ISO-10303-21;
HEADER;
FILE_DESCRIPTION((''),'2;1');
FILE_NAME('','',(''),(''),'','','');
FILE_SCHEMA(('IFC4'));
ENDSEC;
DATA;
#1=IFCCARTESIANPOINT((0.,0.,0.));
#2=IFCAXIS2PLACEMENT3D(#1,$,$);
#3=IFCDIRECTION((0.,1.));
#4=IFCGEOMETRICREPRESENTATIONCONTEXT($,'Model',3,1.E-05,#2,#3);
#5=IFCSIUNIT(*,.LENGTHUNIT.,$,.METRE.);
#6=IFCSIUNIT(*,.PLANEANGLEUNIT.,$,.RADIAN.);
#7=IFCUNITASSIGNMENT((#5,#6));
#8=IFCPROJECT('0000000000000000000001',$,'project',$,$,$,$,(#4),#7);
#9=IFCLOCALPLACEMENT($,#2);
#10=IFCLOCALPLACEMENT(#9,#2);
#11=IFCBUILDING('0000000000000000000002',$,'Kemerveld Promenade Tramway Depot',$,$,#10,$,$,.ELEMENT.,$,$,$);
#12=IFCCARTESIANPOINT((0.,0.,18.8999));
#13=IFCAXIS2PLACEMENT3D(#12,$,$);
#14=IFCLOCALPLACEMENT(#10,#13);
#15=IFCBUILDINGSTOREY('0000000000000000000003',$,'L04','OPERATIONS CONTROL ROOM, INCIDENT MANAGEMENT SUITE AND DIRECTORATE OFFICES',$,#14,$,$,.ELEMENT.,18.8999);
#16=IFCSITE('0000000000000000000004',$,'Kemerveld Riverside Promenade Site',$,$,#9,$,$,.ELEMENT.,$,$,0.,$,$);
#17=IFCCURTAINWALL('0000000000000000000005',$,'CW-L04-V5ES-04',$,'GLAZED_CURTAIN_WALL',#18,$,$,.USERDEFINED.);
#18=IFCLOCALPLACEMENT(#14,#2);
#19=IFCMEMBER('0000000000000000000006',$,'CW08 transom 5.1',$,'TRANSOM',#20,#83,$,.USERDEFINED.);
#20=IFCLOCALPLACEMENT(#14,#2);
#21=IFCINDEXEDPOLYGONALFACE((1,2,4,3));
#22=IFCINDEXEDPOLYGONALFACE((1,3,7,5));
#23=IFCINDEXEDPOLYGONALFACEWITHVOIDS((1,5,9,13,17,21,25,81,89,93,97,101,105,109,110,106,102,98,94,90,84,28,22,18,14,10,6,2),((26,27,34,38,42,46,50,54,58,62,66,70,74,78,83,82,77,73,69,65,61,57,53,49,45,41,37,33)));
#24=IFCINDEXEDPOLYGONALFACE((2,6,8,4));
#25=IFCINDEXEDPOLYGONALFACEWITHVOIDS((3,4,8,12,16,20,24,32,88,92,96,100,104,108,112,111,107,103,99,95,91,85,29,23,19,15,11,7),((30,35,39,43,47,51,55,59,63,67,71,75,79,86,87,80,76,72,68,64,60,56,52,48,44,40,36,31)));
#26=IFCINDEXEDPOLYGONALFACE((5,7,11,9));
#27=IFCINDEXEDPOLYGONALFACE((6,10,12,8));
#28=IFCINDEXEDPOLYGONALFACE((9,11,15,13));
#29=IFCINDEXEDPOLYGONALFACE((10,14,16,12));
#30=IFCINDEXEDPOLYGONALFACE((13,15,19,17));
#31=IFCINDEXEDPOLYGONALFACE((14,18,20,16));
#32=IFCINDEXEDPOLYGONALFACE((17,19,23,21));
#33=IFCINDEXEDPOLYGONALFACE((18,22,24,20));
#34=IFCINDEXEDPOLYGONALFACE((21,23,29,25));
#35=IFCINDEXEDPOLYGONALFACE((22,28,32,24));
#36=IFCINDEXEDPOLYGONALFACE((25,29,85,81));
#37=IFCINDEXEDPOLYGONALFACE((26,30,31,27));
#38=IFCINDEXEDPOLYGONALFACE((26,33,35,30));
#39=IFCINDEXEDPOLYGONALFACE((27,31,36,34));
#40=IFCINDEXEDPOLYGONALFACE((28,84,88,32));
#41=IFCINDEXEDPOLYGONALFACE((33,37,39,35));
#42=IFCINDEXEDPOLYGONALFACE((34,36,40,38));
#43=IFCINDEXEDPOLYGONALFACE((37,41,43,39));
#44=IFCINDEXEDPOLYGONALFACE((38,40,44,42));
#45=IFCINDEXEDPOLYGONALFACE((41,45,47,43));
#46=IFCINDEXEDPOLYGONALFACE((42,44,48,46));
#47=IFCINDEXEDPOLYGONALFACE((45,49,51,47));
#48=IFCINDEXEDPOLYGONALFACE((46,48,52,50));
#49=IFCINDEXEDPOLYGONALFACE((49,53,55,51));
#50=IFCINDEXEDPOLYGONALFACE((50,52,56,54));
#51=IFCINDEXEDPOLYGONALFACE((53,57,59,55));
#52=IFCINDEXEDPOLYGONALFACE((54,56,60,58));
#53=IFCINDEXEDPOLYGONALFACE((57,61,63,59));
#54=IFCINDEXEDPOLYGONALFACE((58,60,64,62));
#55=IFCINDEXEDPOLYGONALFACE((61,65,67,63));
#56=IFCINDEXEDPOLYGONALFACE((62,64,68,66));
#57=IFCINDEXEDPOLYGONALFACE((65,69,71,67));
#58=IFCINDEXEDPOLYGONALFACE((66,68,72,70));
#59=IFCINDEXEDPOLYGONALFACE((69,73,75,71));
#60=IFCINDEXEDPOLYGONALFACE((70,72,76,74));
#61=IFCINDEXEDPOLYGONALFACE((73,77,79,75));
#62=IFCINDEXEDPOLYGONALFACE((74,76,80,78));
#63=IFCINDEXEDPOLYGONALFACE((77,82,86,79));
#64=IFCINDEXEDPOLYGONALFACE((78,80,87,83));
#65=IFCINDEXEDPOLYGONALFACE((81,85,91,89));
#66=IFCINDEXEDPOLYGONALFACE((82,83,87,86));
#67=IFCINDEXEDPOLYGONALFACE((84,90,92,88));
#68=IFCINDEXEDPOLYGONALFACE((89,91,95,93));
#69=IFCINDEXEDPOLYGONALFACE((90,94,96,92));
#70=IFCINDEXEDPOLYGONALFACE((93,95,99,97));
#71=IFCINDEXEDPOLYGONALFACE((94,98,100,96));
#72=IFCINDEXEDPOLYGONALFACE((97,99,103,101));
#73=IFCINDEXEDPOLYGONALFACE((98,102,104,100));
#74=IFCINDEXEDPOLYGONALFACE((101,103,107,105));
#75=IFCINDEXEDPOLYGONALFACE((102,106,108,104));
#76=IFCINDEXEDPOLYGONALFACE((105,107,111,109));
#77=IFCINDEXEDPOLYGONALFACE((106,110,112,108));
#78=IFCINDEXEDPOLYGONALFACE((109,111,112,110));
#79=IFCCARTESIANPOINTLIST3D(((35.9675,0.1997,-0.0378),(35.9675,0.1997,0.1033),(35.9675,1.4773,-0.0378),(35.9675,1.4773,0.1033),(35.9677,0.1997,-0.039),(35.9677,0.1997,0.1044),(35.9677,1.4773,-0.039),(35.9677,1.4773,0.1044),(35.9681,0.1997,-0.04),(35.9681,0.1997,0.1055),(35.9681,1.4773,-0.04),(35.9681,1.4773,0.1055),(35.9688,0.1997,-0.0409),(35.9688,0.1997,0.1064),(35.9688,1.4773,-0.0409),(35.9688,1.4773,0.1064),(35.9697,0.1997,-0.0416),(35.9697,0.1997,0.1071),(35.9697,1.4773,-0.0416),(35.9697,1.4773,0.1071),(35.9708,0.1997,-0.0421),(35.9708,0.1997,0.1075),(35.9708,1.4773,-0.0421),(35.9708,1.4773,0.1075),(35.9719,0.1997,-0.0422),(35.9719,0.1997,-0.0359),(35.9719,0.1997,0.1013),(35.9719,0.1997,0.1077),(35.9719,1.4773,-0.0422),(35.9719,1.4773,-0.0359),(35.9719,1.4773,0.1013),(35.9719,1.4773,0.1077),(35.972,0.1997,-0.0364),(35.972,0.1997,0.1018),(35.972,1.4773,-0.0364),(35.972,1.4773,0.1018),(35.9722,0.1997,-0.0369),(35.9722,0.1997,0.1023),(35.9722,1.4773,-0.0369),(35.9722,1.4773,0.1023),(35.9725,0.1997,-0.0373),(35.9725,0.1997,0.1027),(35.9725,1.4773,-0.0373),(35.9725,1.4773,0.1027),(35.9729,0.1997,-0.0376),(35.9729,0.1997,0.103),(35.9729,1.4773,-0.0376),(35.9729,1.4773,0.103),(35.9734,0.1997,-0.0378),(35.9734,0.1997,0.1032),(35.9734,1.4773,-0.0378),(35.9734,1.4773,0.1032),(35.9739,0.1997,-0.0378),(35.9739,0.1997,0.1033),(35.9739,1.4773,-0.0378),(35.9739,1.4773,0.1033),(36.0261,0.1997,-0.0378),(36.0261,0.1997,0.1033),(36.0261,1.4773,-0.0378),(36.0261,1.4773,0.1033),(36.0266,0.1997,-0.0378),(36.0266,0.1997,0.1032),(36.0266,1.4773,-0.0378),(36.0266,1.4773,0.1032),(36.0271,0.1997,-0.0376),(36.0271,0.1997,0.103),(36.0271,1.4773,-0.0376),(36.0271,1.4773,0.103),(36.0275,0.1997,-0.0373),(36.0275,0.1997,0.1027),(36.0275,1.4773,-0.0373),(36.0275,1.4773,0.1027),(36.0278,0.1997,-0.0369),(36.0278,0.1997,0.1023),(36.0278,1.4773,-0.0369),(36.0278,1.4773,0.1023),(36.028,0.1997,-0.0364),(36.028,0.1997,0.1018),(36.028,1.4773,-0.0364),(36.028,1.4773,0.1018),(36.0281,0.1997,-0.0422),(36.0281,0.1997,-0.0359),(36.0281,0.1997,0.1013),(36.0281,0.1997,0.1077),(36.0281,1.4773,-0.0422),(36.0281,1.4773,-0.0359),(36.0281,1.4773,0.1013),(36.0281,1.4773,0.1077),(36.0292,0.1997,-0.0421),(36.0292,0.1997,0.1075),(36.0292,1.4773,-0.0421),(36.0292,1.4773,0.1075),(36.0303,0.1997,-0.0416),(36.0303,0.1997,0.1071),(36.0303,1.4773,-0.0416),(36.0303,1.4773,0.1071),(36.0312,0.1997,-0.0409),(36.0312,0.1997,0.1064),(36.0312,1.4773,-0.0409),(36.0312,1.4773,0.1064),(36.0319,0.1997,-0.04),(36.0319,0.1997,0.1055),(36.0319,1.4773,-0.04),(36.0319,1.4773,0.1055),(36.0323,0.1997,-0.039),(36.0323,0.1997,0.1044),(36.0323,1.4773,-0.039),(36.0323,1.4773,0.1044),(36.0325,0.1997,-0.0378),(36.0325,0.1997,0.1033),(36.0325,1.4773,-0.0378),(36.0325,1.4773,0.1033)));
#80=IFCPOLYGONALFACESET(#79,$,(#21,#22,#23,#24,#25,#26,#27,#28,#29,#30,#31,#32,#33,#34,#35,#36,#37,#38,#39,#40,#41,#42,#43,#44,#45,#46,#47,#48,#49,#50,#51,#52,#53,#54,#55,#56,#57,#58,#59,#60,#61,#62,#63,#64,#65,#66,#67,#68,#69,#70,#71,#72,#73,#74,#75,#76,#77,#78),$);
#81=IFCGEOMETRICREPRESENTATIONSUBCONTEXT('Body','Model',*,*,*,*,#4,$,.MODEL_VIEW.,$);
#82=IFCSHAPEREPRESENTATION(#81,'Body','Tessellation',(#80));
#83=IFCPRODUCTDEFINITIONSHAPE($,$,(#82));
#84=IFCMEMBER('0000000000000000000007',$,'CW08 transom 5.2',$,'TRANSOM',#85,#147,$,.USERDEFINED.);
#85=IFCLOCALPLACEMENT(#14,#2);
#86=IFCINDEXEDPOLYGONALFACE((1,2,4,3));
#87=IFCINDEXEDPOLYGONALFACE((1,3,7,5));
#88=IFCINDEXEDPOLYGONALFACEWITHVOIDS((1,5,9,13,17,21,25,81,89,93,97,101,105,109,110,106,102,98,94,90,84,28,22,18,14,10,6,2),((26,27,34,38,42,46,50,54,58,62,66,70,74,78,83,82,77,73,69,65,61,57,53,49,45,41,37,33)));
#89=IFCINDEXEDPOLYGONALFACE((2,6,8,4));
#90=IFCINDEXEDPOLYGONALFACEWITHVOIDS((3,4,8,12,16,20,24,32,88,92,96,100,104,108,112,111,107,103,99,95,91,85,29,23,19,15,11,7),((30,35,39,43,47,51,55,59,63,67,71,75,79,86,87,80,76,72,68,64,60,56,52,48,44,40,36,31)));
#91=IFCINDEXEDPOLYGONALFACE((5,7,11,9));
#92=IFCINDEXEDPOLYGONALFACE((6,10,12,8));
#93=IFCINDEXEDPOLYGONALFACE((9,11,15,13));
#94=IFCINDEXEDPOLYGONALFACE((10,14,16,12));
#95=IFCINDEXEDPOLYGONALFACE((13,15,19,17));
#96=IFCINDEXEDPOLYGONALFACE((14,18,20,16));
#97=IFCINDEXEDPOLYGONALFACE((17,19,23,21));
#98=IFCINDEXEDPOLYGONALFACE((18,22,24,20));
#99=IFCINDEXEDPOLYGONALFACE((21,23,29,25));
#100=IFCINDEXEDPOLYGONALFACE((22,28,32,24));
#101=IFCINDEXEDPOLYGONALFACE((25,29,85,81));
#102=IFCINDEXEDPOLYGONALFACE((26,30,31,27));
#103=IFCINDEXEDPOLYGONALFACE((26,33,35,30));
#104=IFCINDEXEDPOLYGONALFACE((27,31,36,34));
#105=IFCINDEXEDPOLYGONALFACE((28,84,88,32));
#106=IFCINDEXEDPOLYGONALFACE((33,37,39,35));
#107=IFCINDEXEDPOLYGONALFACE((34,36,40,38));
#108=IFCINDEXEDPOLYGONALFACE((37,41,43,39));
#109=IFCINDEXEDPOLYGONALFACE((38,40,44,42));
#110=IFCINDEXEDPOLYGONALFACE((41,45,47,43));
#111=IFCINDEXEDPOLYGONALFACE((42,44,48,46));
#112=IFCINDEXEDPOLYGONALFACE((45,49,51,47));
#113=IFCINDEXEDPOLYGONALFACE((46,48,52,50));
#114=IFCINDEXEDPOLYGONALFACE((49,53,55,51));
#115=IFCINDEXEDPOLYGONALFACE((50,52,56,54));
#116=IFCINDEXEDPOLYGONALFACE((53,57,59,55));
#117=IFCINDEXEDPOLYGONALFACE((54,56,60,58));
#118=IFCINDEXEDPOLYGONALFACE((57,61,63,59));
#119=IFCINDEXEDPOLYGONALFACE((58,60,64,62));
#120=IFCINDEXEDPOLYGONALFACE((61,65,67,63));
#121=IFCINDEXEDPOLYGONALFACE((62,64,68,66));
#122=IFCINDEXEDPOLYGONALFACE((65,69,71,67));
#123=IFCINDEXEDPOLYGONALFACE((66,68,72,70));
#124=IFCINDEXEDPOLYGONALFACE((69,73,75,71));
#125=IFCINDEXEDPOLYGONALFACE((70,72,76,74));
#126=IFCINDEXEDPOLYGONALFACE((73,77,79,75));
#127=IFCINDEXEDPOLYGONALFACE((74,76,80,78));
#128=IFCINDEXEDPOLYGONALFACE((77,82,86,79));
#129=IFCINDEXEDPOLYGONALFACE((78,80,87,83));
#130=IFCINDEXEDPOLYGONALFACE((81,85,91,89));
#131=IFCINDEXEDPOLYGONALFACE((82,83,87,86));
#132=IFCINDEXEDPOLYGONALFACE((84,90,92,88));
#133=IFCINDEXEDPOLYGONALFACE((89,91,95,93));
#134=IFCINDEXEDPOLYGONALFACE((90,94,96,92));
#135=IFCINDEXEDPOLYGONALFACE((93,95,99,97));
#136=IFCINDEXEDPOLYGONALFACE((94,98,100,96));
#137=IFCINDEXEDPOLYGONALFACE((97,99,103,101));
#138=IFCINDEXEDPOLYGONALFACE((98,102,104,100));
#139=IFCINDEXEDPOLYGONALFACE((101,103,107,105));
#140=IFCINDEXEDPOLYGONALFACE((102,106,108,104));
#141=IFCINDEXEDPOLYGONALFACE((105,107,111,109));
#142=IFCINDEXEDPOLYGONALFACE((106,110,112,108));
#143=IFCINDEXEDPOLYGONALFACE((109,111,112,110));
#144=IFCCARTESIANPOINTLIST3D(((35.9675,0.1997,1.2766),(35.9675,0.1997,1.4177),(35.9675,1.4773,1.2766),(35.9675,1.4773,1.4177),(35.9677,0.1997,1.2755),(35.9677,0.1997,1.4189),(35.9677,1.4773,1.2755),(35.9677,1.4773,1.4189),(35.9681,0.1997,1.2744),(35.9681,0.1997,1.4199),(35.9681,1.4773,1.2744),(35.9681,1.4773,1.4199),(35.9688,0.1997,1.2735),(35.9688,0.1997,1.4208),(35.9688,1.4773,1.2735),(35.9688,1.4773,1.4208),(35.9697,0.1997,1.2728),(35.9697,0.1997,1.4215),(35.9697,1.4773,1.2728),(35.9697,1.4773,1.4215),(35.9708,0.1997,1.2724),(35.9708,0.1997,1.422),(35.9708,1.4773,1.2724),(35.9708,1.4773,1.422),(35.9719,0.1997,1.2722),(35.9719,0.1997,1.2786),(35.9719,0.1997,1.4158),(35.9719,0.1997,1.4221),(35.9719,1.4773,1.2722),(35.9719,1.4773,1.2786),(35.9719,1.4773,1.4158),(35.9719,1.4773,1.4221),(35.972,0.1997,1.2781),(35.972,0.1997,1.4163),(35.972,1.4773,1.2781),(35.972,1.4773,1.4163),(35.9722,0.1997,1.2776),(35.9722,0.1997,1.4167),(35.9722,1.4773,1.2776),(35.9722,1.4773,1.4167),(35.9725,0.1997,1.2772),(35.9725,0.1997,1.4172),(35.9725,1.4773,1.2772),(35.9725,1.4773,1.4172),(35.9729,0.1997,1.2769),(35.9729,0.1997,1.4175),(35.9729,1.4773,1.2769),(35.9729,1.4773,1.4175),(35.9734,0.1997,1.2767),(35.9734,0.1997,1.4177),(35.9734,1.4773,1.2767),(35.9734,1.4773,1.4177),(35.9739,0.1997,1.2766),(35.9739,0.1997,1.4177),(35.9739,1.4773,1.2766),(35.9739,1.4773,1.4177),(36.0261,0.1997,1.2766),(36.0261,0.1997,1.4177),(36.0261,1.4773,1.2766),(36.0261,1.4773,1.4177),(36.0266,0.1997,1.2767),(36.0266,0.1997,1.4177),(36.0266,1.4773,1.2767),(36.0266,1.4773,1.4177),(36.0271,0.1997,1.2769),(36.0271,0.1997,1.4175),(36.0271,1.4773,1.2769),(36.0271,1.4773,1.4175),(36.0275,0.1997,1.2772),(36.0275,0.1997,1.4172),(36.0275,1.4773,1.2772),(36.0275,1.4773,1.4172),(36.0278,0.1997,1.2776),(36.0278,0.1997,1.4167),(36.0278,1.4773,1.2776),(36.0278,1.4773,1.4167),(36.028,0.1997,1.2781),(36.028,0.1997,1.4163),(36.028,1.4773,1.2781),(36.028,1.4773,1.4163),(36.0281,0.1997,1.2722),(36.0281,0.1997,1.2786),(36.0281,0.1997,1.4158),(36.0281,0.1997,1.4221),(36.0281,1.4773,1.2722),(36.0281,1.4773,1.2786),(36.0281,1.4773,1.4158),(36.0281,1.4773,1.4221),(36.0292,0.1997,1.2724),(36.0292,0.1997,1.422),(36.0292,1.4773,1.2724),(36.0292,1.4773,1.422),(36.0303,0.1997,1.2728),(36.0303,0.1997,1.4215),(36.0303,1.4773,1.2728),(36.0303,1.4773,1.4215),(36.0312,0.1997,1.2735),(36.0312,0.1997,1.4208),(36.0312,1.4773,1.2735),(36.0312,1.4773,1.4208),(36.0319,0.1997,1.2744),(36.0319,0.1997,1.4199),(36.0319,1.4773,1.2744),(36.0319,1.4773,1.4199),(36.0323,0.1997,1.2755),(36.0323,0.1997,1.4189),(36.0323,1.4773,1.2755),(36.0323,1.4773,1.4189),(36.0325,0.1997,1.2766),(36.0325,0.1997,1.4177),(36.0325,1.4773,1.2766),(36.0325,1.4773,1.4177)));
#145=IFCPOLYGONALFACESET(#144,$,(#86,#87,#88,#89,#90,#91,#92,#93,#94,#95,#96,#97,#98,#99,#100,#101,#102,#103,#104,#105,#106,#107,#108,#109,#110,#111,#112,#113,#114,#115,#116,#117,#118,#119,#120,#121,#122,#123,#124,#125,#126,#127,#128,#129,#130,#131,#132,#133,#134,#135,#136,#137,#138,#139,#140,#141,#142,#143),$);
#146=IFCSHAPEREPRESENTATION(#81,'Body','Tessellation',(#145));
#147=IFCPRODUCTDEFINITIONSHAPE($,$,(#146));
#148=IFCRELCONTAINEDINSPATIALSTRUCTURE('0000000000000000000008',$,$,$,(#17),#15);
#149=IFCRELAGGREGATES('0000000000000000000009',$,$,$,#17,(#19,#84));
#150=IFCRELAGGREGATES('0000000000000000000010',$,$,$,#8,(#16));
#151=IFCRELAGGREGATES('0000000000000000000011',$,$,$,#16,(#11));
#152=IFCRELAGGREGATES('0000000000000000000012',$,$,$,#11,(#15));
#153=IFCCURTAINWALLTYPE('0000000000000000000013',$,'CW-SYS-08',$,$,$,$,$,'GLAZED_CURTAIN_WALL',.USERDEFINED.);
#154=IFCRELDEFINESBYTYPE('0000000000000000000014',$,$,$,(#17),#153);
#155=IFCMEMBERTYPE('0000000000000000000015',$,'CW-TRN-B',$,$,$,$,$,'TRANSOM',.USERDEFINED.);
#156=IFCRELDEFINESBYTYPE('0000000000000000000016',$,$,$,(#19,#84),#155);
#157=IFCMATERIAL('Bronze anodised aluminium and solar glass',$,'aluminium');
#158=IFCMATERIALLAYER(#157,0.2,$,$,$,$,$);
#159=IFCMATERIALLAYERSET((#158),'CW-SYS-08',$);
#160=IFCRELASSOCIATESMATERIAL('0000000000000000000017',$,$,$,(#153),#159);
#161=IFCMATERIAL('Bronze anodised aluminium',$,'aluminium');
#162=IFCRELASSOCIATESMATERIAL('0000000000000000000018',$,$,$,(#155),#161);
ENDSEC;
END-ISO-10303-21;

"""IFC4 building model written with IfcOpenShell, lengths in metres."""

from ifc_helpers import new_model, si_unit, direction, frame, origin, origin_2d, place, context, subcontext, project, spatial, hollow_rectangle, extrude, material, layer, layer_set, material_profile, profile_set, type_object, element, aggregate, save


model = new_model("IFC4")

# Units and contexts
model_context = context("Model", 3, precision=1e-05, world=origin(), true_north=direction((0.0, 1.0)))
body_context = subcontext(model_context, "Body", "Model", "MODEL_VIEW")
ifc_project = project(units=[si_unit("LENGTHUNIT", "METRE"), si_unit("PLANEANGLEUNIT", "RADIAN")], contexts=[model_context])

# Site, building, storey
site_placement = place(None, origin())
site = spatial("IfcSite", under=ifc_project, at=site_placement, Name="Kemerveld Riverside Promenade Site", CompositionType="ELEMENT", RefElevation=0.0)
building_placement = place(site_placement, origin())
building = spatial("IfcBuilding", under=site, at=building_placement, Name="Kemerveld Promenade Tramway Depot", CompositionType="ELEMENT")
storey_placement = place(building_placement, frame((0.0, 0.0, 18.8999)))
storey = spatial("IfcBuildingStorey", under=building, at=storey_placement, Name="L04", Description="OPERATIONS CONTROL ROOM, INCIDENT MANAGEMENT SUITE AND DIRECTORATE OFFICES", CompositionType="ELEMENT", Elevation=18.8999)

# Shared definitions
ifc_material_1 = material(Name="Bronze anodised aluminium and solar glass", Category="aluminium")
ifc_material_2 = material(Name="Bronze anodised aluminium", Category="aluminium")

# Curtain wall
ifc_layer_1 = layer(ifc_material_1, 0.2)
ifc_layer_set_1 = layer_set([ifc_layer_1], Name="CW-SYS-08")
curtain_wall_type_1 = type_object("IfcCurtainWallType", Name="CW-SYS-08", ElementType="GLAZED_CURTAIN_WALL", PredefinedType="USERDEFINED", material=ifc_layer_set_1)
curtain_wall_1_placement = place(storey_placement, origin())
curtain_wall_1 = element("IfcCurtainWall", 1, at=curtain_wall_1_placement, inside=storey, type_object=curtain_wall_type_1, Name="CW-L04-V5ES-04", ObjectType="GLAZED_CURTAIN_WALL", PredefinedType="USERDEFINED")

# Members
ifc_material_profile_1 = material_profile(ifc_material_2, hollow_rectangle(XDim=0.0649, YDim=0.1499, WallThickness=0.0044, InnerFilletRadius=0.002, OuterFilletRadius=0.0044, at=origin_2d()), Name="CW-TRN-150x65")
ifc_profile_set_1 = profile_set([ifc_material_profile_1], Name="Bronze anodised aluminium")
member_type_1 = type_object("IfcMemberType", Name="CW-TRN-B", ElementType="TRANSOM", PredefinedType="USERDEFINED", material=ifc_profile_set_1)
member_1_placement = place(storey_placement, frame((36.0, 1.4773, 0.0327), z_axis=(0.0, -1.0, 0.0), x_axis=(1.0, 0.0, 0.0)))
member_1 = element("IfcMember", 2, at=member_1_placement, type_object=member_type_1, Name="CW08 transom 5.1", ObjectType="TRANSOM", PredefinedType="USERDEFINED", context=body_context, shape_type="SweptSolid", body=[
    extrude(hollow_rectangle(XDim=0.0649, YDim=0.1499, WallThickness=0.0044, InnerFilletRadius=0.002, OuterFilletRadius=0.0044, at=origin_2d()), origin(), (0.0, 0.0, 1.0), 1.2776),
])
member_2_placement = place(storey_placement, frame((36.0, 1.4773, 1.3472), z_axis=(0.0, -1.0, 0.0), x_axis=(1.0, 0.0, 0.0)))
member_2 = element("IfcMember", 3, at=member_2_placement, type_object=member_type_1, Name="CW08 transom 5.2", ObjectType="TRANSOM", PredefinedType="USERDEFINED", context=body_context, shape_type="SweptSolid", body=[
    extrude(hollow_rectangle(XDim=0.0649, YDim=0.1499, WallThickness=0.0044, InnerFilletRadius=0.002, OuterFilletRadius=0.0044, at=origin_2d()), origin(), (0.0, 0.0, 1.0), 1.2776),
])

aggregate(curtain_wall_1, [member_1, member_2])

save(model, "model.ifc")
